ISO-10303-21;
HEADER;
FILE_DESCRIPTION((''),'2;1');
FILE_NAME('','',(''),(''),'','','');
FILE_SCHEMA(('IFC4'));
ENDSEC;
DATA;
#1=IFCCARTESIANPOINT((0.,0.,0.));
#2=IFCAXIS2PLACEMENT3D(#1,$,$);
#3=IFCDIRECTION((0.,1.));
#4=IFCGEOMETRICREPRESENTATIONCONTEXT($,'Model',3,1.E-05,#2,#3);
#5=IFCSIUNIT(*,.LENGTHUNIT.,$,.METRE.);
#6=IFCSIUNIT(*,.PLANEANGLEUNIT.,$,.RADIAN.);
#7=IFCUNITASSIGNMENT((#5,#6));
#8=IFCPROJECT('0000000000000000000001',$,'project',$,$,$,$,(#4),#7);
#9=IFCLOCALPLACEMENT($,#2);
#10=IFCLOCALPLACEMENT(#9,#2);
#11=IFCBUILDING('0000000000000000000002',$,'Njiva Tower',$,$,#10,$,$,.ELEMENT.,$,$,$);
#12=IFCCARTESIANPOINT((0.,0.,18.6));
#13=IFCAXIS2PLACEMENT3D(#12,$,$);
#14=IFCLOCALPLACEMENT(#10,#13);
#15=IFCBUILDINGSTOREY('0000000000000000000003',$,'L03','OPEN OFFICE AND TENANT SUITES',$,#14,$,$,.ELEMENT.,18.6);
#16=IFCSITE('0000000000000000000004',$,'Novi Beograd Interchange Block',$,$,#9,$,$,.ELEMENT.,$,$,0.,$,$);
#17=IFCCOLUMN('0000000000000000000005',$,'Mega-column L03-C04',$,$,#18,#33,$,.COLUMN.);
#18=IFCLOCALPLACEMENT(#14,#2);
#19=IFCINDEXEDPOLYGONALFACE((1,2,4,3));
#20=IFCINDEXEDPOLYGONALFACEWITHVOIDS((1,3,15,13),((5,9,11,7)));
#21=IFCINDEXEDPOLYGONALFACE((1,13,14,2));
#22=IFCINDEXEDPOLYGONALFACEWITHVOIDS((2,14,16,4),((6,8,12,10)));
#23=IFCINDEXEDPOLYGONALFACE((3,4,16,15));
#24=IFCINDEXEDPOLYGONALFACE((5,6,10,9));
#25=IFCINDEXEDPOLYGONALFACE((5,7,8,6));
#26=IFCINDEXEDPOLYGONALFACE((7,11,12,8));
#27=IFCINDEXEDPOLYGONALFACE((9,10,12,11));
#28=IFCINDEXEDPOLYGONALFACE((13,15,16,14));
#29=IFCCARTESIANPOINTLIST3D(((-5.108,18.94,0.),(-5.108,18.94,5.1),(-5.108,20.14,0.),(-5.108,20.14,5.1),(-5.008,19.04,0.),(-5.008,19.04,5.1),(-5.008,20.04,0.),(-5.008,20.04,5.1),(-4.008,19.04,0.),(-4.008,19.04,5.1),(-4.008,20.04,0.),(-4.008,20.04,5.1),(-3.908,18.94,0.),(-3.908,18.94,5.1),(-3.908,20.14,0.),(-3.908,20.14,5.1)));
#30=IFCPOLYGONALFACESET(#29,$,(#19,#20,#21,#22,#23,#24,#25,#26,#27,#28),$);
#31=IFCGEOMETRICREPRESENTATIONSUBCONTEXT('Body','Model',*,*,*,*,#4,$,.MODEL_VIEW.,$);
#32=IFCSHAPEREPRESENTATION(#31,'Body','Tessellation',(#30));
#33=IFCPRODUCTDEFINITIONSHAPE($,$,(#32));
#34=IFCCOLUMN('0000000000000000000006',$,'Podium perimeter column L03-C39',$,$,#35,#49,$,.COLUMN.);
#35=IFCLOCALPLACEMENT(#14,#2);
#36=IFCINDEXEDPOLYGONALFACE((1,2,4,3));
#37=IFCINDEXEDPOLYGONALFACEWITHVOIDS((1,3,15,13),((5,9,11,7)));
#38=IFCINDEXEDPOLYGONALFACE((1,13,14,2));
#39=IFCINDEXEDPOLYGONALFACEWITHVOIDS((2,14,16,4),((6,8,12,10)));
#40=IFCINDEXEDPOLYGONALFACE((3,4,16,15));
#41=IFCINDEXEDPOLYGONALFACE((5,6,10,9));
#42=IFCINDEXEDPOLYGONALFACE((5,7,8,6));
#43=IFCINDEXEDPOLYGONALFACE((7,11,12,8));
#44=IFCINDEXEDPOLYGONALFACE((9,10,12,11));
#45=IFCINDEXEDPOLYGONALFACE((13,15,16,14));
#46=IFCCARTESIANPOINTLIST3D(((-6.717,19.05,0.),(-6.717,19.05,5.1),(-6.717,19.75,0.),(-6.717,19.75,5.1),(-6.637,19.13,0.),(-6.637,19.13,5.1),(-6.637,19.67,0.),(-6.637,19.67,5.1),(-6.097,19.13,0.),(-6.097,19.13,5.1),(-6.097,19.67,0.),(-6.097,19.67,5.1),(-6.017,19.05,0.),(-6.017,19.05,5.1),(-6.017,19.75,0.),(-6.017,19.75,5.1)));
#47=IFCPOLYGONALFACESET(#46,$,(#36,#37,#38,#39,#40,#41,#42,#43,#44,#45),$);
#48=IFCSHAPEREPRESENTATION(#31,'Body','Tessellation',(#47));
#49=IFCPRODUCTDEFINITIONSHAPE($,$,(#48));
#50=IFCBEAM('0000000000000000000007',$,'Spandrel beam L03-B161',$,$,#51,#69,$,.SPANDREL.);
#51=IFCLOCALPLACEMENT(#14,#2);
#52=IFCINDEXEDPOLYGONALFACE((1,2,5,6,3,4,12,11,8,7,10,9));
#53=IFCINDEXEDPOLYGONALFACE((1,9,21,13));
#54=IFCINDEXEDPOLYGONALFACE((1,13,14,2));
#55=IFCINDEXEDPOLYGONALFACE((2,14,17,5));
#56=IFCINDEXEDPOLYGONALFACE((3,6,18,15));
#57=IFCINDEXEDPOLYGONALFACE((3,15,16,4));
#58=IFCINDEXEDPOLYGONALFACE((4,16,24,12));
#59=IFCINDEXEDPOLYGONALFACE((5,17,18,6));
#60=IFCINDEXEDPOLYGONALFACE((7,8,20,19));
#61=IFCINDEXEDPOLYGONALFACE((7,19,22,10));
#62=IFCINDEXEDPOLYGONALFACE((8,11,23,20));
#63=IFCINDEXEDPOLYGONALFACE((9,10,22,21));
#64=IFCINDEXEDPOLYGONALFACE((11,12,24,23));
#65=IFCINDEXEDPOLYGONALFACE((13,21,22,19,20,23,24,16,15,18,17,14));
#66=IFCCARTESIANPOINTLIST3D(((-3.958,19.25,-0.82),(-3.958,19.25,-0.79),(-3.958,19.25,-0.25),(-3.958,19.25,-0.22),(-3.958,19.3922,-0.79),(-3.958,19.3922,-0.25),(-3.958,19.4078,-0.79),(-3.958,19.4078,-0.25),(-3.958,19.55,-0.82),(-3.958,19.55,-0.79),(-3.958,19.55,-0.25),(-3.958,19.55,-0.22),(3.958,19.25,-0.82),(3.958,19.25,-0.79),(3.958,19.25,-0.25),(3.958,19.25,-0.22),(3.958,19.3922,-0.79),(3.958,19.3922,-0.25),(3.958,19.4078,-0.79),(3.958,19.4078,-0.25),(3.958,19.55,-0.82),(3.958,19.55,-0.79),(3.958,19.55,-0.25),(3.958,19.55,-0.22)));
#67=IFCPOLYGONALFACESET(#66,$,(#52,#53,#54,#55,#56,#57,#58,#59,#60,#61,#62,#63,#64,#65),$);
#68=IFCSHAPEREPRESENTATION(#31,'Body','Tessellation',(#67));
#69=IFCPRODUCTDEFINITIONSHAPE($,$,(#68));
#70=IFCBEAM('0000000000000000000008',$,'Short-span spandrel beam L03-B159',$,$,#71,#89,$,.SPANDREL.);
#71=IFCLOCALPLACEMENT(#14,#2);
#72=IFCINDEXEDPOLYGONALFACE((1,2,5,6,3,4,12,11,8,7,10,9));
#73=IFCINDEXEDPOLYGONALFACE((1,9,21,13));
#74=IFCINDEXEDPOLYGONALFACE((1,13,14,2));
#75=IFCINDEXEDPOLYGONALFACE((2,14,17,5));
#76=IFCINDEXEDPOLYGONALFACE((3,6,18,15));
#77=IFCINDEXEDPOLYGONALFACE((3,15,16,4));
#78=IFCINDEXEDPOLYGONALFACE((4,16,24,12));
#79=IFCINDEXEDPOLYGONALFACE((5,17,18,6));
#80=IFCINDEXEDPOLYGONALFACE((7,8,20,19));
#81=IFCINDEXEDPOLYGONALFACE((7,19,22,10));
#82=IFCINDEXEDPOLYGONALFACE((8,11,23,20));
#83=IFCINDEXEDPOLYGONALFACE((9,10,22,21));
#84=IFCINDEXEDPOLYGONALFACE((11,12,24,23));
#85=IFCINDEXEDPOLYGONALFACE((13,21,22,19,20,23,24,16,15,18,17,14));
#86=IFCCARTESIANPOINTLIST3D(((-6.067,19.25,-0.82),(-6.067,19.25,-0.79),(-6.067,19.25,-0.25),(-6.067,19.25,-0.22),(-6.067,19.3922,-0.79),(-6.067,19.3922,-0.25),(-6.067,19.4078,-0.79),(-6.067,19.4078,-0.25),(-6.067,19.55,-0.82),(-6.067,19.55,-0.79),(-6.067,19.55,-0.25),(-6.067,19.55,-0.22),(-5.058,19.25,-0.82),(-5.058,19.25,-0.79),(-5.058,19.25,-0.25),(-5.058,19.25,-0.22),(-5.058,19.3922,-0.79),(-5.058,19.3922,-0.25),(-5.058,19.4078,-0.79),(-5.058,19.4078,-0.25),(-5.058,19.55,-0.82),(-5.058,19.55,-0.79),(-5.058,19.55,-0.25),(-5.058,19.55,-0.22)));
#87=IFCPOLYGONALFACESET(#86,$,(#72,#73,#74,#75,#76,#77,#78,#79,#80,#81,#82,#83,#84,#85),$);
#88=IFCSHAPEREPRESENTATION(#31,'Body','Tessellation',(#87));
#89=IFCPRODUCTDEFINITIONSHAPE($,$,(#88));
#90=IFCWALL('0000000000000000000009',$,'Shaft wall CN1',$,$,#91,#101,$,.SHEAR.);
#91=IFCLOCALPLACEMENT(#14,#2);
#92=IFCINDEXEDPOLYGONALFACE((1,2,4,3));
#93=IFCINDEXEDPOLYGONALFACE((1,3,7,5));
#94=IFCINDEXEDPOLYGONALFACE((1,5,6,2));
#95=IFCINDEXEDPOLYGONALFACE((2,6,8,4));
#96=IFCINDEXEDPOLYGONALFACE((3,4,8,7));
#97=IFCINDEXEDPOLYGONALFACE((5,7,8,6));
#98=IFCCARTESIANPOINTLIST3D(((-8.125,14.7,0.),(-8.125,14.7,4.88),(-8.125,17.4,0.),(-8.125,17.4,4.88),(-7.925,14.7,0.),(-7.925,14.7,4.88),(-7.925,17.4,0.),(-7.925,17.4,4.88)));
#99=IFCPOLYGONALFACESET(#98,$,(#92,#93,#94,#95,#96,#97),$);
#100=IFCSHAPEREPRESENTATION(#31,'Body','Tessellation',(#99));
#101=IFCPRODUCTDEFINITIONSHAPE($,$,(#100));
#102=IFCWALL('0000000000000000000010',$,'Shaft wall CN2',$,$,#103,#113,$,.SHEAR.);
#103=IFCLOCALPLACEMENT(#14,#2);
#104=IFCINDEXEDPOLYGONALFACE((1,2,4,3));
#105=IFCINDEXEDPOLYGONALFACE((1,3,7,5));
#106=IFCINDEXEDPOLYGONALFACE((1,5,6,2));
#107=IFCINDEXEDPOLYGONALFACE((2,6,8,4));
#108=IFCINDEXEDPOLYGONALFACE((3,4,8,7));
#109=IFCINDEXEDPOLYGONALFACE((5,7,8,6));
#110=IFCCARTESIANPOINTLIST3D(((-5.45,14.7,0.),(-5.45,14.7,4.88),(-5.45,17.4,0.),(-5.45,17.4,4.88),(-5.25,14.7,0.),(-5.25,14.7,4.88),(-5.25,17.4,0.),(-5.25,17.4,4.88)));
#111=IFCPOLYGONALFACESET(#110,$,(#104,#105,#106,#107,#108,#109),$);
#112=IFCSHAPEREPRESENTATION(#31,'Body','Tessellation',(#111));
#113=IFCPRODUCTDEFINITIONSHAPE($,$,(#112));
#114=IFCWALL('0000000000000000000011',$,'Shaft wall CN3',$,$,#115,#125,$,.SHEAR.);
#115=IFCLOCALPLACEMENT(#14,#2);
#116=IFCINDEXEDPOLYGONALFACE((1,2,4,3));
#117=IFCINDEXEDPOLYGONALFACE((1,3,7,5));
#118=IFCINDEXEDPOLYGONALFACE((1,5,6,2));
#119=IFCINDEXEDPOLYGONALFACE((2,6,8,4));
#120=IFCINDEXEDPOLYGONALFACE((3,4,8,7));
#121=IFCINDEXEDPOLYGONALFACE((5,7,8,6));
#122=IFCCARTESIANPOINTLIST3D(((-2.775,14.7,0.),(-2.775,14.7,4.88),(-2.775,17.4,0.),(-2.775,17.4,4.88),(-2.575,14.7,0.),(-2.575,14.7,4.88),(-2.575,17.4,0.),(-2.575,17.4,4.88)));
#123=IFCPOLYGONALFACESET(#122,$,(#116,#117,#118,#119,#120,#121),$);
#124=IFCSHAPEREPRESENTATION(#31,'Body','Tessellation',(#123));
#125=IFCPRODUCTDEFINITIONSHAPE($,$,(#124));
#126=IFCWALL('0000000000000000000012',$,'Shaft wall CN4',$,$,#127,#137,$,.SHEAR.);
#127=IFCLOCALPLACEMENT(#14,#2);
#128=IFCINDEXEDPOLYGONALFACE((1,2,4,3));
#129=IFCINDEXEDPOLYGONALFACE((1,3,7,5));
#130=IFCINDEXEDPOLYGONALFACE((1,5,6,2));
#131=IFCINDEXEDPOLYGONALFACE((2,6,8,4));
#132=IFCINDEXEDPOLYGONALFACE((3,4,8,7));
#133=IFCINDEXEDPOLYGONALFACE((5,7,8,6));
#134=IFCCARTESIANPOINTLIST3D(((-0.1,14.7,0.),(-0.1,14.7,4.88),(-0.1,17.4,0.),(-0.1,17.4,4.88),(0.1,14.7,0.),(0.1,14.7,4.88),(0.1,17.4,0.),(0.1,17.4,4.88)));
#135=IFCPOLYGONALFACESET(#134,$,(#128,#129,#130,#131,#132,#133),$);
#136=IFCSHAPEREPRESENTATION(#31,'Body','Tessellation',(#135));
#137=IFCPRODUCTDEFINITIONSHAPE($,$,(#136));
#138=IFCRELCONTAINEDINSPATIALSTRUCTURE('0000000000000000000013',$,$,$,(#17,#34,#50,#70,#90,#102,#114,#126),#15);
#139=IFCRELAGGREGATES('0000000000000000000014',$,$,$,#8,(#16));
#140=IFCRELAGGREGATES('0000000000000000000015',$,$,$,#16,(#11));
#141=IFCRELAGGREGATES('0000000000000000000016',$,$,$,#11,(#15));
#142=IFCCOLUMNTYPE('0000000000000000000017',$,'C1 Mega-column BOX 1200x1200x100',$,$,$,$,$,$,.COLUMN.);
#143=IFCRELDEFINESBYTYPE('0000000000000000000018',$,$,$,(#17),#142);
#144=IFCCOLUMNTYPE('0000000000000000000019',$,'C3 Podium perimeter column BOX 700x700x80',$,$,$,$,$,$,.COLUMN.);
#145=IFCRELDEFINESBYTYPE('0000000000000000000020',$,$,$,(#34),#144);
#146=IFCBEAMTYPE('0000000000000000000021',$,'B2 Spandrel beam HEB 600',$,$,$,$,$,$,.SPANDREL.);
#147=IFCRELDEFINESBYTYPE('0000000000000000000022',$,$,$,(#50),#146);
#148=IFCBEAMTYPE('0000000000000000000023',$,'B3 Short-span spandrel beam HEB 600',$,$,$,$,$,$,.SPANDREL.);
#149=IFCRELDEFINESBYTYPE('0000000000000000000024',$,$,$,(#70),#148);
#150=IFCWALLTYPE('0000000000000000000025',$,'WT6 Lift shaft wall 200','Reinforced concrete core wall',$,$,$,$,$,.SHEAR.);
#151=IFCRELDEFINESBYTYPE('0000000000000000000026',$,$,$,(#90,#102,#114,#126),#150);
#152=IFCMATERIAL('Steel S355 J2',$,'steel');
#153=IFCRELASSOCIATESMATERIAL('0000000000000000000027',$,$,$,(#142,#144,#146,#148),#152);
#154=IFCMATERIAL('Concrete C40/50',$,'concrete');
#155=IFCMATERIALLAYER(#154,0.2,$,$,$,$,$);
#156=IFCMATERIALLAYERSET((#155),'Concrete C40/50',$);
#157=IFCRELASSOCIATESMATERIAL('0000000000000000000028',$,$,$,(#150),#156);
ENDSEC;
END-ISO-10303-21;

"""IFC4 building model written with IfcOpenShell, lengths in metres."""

from ifc_helpers import new_model, si_unit, direction, frame, frame_2d, origin, origin_2d, place, context, subcontext, project, spatial, rectangle, hollow_rectangle, i_section, extrude, material, layer, layer_set, material_profile, profile_set, type_object, element, save


model = new_model("IFC4")

# Units and contexts
model_context = context("Model", 3, precision=1e-05, world=origin(), true_north=direction((0.0, 1.0)))
body_context = subcontext(model_context, "Body", "Model", "MODEL_VIEW")
ifc_project = project(units=[si_unit("LENGTHUNIT", "METRE"), si_unit("PLANEANGLEUNIT", "RADIAN")], contexts=[model_context])

# Site, building, storey
site_placement = place(None, origin())
site = spatial("IfcSite", under=ifc_project, at=site_placement, Name="Novi Beograd Interchange Block", CompositionType="ELEMENT", RefElevation=0.0)
building_placement = place(site_placement, origin())
building = spatial("IfcBuilding", under=site, at=building_placement, Name="Njiva Tower", CompositionType="ELEMENT")
storey_placement = place(building_placement, frame((0.0, 0.0, 18.6)))
storey = spatial("IfcBuildingStorey", under=building, at=storey_placement, Name="L03", Description="OPEN OFFICE AND TENANT SUITES", CompositionType="ELEMENT", Elevation=18.6)

# Columns
ifc_material_1 = material(Name="Steel S355 J2", Category="steel")
ifc_material_profile_1 = material_profile(ifc_material_1, hollow_rectangle(XDim=1.2, YDim=1.2, WallThickness=0.1, at=origin_2d()), Name="BOX 1200x1200x100")
ifc_profile_set_1 = profile_set([ifc_material_profile_1], Name="Steel S355 J2")
column_type_1 = type_object("IfcColumnType", Name="C1 Mega-column BOX 1200x1200x100", PredefinedType="COLUMN", material=ifc_profile_set_1)
column_1_placement = place(storey_placement, frame((-4.508, 19.54, 0.0), z_axis=(0.0, 0.0, 1.0), x_axis=(-1.0, 0.0, 0.0)))
element("IfcColumn", 1, at=column_1_placement, inside=storey, type_object=column_type_1, Name="Mega-column L03-C04", PredefinedType="COLUMN", context=body_context, shape_type="SweptSolid", body=[
    extrude(hollow_rectangle(XDim=1.2, YDim=1.2, WallThickness=0.1, at=origin_2d()), origin(), (0.0, 0.0, 1.0), 5.1),
])
ifc_material_profile_2 = material_profile(ifc_material_1, hollow_rectangle(XDim=0.7, YDim=0.7, WallThickness=0.08, at=origin_2d()), Name="BOX 700x700x80")
ifc_profile_set_2 = profile_set([ifc_material_profile_2], Name="Steel S355 J2")
column_type_2 = type_object("IfcColumnType", Name="C3 Podium perimeter column BOX 700x700x80", PredefinedType="COLUMN", material=ifc_profile_set_2)
column_2_placement = place(storey_placement, frame((-6.367, 19.4, 0.0), z_axis=(0.0, 0.0, 1.0), x_axis=(-1.0, 0.0, 0.0)))
element("IfcColumn", 2, at=column_2_placement, inside=storey, type_object=column_type_2, Name="Podium perimeter column L03-C39", PredefinedType="COLUMN", context=body_context, shape_type="SweptSolid", body=[
    extrude(hollow_rectangle(XDim=0.7, YDim=0.7, WallThickness=0.08, at=origin_2d()), origin(), (0.0, 0.0, 1.0), 5.1),
])

# Beams
ifc_material_profile_3 = material_profile(ifc_material_1, i_section(OverallWidth=0.3, OverallDepth=0.6, WebThickness=0.0155, FlangeThickness=0.03, at=origin_2d()), Name="HEB 600")
ifc_profile_set_3 = profile_set([ifc_material_profile_3], Name="Steel S355 J2")
beam_type_1 = type_object("IfcBeamType", Name="B2 Spandrel beam HEB 600", PredefinedType="SPANDREL", material=ifc_profile_set_3)
beam_1_placement = place(storey_placement, frame((-3.958, 19.4, -0.52), z_axis=(1.0, 0.0, 0.0), x_axis=(0.0, 1.0, 0.0)))
element("IfcBeam", 3, at=beam_1_placement, inside=storey, type_object=beam_type_1, Name="Spandrel beam L03-B161", PredefinedType="SPANDREL", context=body_context, shape_type="SweptSolid", body=[
    extrude(i_section(OverallWidth=0.3, OverallDepth=0.6, WebThickness=0.0155, FlangeThickness=0.03, at=origin_2d()), origin(), (0.0, 0.0, 1.0), 7.916),
])
ifc_material_profile_4 = material_profile(ifc_material_1, i_section(OverallWidth=0.3, OverallDepth=0.6, WebThickness=0.0155, FlangeThickness=0.03, at=origin_2d()), Name="HEB 600")
ifc_profile_set_4 = profile_set([ifc_material_profile_4], Name="Steel S355 J2")
beam_type_2 = type_object("IfcBeamType", Name="B3 Short-span spandrel beam HEB 600", PredefinedType="SPANDREL", material=ifc_profile_set_4)
beam_2_placement = place(storey_placement, frame((-6.067, 19.4, -0.52), z_axis=(1.0, 0.0, 0.0), x_axis=(0.0, 1.0, 0.0)))
element("IfcBeam", 4, at=beam_2_placement, inside=storey, type_object=beam_type_2, Name="Short-span spandrel beam L03-B159", PredefinedType="SPANDREL", context=body_context, shape_type="SweptSolid", body=[
    extrude(i_section(OverallWidth=0.3, OverallDepth=0.6, WebThickness=0.0155, FlangeThickness=0.03, at=origin_2d()), origin(), (0.0, 0.0, 1.0), 1.009),
])

# Walls
ifc_material_2 = material(Name="Concrete C40/50", Category="concrete")
ifc_layer = layer(ifc_material_2, 0.2)
ifc_layer_set = layer_set([ifc_layer], Name="Concrete C40/50")
wall_type = type_object("IfcWallType", Name="WT6 Lift shaft wall 200", Description="Reinforced concrete core wall", PredefinedType="SHEAR", material=ifc_layer_set)
for number, where, z_axis, x_axis, name in (
    (5, (-8.025, 14.7, 0.0), (0.0, 0.0, 1.0), (0.0, 1.0, 0.0), "Shaft wall CN1"),
    (6, (-5.35, 14.7, 0.0), (0.0, 0.0, 1.0), (0.0, 1.0, 0.0), "Shaft wall CN2"),
    (7, (-2.675, 14.7, 0.0), (0.0, 0.0, 1.0), (0.0, 1.0, 0.0), "Shaft wall CN3"),
    (8, (0.0, 14.7, 0.0), (0.0, 0.0, 1.0), (0.0, 1.0, 0.0), "Shaft wall CN4"),
):
    element("IfcWall", number, at=place(storey_placement, frame(where, z_axis=z_axis, x_axis=x_axis)), inside=storey, type_object=wall_type, Name=name, PredefinedType="SHEAR", context=body_context, shape_type="SweptSolid", body=[
        extrude(rectangle(XDim=2.7, YDim=0.2, at=frame_2d((1.35, 0.0))), origin(), (0.0, 0.0, 1.0), 4.88),
    ])

save(model, "model.ifc")
